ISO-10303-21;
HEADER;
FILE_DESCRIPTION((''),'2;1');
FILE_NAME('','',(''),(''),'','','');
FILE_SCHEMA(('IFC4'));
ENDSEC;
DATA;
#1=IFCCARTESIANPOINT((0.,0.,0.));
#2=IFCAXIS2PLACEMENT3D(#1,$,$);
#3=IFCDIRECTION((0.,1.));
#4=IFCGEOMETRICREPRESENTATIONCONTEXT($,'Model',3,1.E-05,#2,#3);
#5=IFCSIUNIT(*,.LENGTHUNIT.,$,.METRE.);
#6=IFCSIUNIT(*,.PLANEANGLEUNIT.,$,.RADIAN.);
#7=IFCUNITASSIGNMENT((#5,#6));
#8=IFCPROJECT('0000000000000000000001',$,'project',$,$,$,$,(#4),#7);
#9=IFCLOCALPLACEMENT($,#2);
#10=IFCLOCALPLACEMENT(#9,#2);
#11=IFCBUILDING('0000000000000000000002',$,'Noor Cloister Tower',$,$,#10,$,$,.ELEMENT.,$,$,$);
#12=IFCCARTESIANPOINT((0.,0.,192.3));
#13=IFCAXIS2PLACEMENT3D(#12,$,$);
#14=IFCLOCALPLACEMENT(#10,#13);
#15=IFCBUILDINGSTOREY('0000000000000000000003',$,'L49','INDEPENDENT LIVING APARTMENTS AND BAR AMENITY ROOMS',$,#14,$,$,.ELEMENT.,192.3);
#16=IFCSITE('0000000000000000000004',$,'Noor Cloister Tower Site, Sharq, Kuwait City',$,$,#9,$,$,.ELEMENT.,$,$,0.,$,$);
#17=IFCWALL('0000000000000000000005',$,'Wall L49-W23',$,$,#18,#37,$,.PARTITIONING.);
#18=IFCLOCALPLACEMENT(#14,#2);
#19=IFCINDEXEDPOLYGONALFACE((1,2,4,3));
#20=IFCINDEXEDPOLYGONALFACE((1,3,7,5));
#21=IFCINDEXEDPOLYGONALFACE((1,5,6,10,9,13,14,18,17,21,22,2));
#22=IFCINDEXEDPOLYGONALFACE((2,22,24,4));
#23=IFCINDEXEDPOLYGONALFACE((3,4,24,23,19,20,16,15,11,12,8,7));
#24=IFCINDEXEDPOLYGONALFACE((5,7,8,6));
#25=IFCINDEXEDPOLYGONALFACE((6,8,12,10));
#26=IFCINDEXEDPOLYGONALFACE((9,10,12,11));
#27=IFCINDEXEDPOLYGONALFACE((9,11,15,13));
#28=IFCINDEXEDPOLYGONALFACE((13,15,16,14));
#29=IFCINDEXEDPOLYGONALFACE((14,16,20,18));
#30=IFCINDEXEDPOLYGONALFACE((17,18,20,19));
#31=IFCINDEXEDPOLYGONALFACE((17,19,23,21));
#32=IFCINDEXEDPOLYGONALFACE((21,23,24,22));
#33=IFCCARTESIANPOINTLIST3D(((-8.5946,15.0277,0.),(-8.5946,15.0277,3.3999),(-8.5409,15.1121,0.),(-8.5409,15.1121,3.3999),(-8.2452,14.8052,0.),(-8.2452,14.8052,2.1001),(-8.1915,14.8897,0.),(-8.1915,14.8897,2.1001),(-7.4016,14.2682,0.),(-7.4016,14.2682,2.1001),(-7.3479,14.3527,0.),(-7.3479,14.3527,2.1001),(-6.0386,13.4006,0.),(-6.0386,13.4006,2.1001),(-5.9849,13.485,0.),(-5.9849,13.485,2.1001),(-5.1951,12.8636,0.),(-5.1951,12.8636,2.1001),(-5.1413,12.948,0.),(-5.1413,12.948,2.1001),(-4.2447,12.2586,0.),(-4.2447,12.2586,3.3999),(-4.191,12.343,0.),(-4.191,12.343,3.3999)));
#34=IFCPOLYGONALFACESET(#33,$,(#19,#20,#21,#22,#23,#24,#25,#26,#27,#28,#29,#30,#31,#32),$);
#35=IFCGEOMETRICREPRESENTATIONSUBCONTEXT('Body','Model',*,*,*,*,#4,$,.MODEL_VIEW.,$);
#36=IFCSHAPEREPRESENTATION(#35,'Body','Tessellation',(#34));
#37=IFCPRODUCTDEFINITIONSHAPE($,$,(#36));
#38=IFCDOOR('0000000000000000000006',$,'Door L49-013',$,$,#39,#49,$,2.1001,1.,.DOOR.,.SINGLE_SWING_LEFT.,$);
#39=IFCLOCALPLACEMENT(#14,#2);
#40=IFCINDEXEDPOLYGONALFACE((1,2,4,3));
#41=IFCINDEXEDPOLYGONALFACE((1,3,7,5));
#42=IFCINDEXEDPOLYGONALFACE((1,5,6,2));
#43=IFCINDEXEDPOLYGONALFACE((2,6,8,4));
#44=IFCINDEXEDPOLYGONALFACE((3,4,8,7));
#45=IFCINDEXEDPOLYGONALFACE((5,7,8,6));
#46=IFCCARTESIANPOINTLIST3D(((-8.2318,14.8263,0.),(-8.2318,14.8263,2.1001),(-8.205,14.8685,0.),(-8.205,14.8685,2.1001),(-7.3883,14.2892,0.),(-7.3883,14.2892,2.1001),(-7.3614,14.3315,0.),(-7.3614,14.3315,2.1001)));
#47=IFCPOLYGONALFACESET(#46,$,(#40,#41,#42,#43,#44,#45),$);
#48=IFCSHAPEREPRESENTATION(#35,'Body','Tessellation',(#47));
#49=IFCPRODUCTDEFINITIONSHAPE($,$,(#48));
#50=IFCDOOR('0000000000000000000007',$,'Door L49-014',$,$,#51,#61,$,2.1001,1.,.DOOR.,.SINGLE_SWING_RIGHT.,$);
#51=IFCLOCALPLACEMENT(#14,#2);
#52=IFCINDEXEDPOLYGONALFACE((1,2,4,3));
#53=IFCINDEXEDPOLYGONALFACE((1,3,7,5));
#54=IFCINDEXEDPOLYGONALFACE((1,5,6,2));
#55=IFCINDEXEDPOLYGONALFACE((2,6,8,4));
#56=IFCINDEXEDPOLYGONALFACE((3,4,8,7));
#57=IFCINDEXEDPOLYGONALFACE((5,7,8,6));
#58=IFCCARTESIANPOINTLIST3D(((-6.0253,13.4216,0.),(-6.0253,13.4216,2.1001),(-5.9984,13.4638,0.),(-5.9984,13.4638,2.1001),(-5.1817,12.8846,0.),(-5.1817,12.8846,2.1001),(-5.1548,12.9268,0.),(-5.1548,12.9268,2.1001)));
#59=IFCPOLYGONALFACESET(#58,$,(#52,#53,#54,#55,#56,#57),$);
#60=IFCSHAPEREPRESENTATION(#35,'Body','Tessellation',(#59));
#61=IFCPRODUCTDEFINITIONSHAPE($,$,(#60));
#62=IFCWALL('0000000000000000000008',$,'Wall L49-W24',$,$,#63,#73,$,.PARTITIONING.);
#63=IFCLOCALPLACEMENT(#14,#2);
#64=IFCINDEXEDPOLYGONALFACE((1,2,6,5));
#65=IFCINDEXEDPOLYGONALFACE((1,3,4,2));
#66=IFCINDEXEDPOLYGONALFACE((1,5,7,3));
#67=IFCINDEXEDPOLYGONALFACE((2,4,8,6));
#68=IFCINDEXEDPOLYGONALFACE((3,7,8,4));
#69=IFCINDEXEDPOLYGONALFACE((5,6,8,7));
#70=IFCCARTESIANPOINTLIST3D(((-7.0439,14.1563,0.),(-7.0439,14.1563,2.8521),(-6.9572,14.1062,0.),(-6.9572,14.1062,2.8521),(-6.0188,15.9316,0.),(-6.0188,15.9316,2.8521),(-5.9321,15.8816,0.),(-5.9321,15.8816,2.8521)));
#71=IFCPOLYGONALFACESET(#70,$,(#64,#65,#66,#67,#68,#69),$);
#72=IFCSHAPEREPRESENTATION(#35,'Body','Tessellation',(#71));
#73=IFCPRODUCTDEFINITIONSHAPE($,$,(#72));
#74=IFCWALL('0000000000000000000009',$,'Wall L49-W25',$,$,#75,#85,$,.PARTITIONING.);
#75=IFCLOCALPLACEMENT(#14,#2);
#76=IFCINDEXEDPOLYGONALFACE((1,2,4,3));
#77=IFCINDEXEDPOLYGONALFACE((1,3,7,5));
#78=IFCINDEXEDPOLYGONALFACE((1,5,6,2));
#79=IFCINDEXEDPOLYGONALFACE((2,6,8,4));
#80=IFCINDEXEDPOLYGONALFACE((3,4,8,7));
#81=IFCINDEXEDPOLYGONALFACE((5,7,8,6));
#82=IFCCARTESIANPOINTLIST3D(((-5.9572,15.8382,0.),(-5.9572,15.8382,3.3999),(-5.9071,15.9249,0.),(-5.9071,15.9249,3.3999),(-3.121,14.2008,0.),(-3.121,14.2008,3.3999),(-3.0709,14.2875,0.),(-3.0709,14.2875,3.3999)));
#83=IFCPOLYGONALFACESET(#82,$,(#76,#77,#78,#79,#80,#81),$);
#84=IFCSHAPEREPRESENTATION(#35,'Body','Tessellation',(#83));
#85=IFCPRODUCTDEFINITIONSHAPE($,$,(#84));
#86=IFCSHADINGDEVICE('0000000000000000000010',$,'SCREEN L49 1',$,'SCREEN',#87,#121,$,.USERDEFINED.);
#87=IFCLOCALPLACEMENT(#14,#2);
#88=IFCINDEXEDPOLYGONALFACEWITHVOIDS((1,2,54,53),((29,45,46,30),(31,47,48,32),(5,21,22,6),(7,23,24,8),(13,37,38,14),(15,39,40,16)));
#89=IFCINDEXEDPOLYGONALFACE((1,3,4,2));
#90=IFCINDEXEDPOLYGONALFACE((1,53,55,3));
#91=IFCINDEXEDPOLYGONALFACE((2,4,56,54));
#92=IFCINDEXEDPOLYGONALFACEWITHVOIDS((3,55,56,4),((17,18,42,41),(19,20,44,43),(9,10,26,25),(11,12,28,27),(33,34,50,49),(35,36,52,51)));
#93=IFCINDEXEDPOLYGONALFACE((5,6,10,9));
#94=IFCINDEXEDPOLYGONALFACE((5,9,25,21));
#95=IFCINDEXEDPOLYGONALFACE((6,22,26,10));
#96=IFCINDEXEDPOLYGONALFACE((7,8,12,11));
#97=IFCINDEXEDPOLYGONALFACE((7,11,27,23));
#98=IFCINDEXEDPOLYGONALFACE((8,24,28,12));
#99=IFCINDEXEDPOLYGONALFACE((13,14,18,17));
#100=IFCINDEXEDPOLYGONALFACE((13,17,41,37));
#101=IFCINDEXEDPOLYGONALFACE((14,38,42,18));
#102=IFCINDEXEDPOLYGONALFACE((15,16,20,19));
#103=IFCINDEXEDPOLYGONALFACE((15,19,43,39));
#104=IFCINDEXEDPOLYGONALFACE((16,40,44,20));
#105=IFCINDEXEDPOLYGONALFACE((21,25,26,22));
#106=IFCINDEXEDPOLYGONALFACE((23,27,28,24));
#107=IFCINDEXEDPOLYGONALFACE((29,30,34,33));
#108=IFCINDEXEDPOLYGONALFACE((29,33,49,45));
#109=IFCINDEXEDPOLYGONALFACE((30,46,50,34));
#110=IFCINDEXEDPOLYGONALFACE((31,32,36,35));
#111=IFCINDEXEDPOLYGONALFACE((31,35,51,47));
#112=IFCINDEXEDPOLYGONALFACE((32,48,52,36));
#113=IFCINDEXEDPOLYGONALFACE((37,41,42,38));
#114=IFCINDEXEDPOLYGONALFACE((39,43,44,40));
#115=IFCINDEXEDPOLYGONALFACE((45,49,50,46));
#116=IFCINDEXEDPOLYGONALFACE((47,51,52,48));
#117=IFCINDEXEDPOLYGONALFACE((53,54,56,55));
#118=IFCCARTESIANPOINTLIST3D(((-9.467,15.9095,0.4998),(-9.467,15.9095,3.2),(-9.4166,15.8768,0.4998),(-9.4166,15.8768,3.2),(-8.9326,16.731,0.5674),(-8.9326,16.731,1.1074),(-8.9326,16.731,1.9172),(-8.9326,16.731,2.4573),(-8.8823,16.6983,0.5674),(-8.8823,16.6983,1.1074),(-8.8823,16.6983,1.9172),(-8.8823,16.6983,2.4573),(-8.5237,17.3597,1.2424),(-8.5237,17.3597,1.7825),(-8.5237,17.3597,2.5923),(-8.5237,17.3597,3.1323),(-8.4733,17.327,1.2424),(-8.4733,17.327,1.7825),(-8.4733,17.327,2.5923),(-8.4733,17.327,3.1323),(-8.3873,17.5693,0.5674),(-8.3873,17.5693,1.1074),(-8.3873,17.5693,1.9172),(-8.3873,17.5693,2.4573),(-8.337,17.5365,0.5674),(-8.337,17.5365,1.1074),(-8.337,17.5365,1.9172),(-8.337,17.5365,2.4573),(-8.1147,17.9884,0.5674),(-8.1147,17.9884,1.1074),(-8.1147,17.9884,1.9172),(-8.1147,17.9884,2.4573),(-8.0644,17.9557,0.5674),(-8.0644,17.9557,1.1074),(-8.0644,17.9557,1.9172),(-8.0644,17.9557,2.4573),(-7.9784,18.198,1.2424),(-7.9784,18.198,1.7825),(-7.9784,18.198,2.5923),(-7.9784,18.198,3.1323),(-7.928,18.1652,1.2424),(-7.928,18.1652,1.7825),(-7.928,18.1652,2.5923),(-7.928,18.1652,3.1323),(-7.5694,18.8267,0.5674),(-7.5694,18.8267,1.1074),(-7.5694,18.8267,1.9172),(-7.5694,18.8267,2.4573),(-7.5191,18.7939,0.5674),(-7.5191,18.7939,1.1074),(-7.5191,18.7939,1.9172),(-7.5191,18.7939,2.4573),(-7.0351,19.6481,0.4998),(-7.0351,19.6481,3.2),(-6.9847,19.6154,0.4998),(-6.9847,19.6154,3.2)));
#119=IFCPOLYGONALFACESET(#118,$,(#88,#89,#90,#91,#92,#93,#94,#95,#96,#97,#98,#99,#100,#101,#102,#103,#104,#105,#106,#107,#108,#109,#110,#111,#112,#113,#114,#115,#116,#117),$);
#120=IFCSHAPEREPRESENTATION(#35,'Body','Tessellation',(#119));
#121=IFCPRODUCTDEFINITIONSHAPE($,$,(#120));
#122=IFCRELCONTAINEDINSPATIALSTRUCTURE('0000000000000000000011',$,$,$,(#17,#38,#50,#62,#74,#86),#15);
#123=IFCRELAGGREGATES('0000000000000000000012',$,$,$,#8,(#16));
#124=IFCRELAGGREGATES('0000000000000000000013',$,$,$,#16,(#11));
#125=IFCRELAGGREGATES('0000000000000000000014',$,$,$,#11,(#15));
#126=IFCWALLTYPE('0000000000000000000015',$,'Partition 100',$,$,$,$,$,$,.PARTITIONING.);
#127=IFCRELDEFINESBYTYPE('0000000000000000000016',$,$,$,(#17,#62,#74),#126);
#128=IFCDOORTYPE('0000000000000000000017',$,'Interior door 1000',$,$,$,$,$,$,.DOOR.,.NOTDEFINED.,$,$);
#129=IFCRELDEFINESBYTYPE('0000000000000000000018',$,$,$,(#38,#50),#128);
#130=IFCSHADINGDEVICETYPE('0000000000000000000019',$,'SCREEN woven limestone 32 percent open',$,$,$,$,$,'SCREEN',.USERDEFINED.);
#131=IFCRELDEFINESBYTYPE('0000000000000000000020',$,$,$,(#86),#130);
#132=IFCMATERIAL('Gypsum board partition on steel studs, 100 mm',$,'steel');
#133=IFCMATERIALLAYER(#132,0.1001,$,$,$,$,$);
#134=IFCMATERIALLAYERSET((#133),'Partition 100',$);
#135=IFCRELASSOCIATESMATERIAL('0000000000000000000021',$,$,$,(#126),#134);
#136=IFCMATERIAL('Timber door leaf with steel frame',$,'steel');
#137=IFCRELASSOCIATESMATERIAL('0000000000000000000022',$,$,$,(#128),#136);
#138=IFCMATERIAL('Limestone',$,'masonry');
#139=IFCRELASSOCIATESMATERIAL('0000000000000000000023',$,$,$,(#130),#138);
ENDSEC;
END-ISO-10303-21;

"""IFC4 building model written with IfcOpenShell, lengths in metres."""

from ifc_helpers import new_model, si_unit, direction, frame, frame_2d, origin, place, context, subcontext, project, spatial, polyline, rectangle, outline, extrude, material, layer, layer_set, material_profile, profile_set, type_object, element, fill, save


model = new_model("IFC4")

# Units and contexts
model_context = context("Model", 3, precision=1e-05, world=origin(), true_north=direction((0.0, 1.0)))
body_context = subcontext(model_context, "Body", "Model", "MODEL_VIEW")
ifc_project = project(units=[si_unit("LENGTHUNIT", "METRE"), si_unit("PLANEANGLEUNIT", "RADIAN")], contexts=[model_context])

# Site, building, storey
site_placement = place(None, origin())
site = spatial("IfcSite", under=ifc_project, at=site_placement, Name="Noor Cloister Tower Site, Sharq, Kuwait City", CompositionType="ELEMENT", RefElevation=0.0)
building_placement = place(site_placement, origin())
building = spatial("IfcBuilding", under=site, at=building_placement, Name="Noor Cloister Tower", CompositionType="ELEMENT")
storey_placement = place(building_placement, frame((0.0, 0.0, 192.3)))
storey = spatial("IfcBuildingStorey", under=building, at=storey_placement, Name="L49", Description="INDEPENDENT LIVING APARTMENTS AND BAR AMENITY ROOMS", CompositionType="ELEMENT", Elevation=192.3)

# Wall, openings, doors
ifc_material_1 = material(Name="Gypsum board partition on steel studs, 100 mm", Category="steel")
ifc_layer_1 = layer(ifc_material_1, 0.1001)
ifc_layer_set_1 = layer_set([ifc_layer_1], Name="Partition 100")
wall_type_1 = type_object("IfcWallType", Name="Partition 100", PredefinedType="PARTITIONING", material=ifc_layer_set_1)
wall_1_placement = place(storey_placement, frame((-8.5676, 15.0698, 0.0), z_axis=(0.0, 0.0, 1.0), x_axis=(0.843578, -0.537007, 0.0)))
wall_1 = element("IfcWall", 1, at=wall_1_placement, inside=storey, type_object=wall_type_1, Name="Wall L49-W23", PredefinedType="PARTITIONING", context=body_context, shape_type="SweptSolid", body=[
    extrude(rectangle(XDim=5.1565, YDim=0.1001, at=frame_2d((2.5781, 0.0))), origin(), (0.0, 0.0, 1.0), 3.3999),
])
opening_1_placement = place(wall_1_placement, frame((0.4141, 0.0, 0.0)))
opening_1 = element("IfcOpeningElement", 2, at=opening_1_placement, cuts=wall_1, PredefinedType="OPENING", context=body_context, shape_type="SweptSolid", body=[
    extrude(rectangle(XDim=1.0, YDim=2.1001, at=frame_2d((0.5, 1.05))), frame((0.0, 0.0601, 0.0), z_axis=(0.0, -1.0, 0.0), x_axis=(1.0, 0.0, 0.0)), (0.0, 0.0, 1.0), 0.1201),
])
opening_2_placement = place(wall_1_placement, frame((3.0298, 0.0, 0.0)))
opening_2 = element("IfcOpeningElement", 3, at=opening_2_placement, cuts=wall_1, PredefinedType="OPENING", context=body_context, shape_type="SweptSolid", body=[
    extrude(rectangle(XDim=1.0, YDim=2.1001, at=frame_2d((0.5, 1.05))), frame((0.0, 0.0601, 0.0), z_axis=(0.0, -1.0, 0.0), x_axis=(1.0, 0.0, 0.0)), (0.0, 0.0, 1.0), 0.1201),
])
ifc_material_2 = material(Name="Timber door leaf with steel frame", Category="steel")
door_type = type_object("IfcDoorType", Name="Interior door 1000", OperationType="NOTDEFINED", PredefinedType="DOOR", material=ifc_material_2)
door_1_placement = place(opening_1_placement, origin())
door_1 = element("IfcDoor", 4, at=door_1_placement, inside=storey, type_object=door_type, Name="Door L49-013", OperationType="SINGLE_SWING_LEFT", OverallHeight=2.1001, OverallWidth=1.0, PredefinedType="DOOR", context=body_context, shape_type="SweptSolid", body=[
    extrude(rectangle(XDim=1.0, YDim=2.1001, at=frame_2d((0.5, 1.05))), frame((0.0, 0.0249, 0.0), z_axis=(0.0, -1.0, 0.0), x_axis=(1.0, 0.0, 0.0)), (0.0, 0.0, 1.0), 0.05),
])
fill(opening_1, door_1)
door_2_placement = place(opening_2_placement, origin())
door_2 = element("IfcDoor", 5, at=door_2_placement, inside=storey, type_object=door_type, Name="Door L49-014", OperationType="SINGLE_SWING_RIGHT", OverallHeight=2.1001, OverallWidth=1.0, PredefinedType="DOOR", context=body_context, shape_type="SweptSolid", body=[
    extrude(rectangle(XDim=1.0, YDim=2.1001, at=frame_2d((0.5, 1.05))), frame((0.0, 0.0249, 0.0), z_axis=(0.0, -1.0, 0.0), x_axis=(1.0, 0.0, 0.0)), (0.0, 0.0, 1.0), 0.05),
])
fill(opening_2, door_2)

# Walls
wall_2_placement = place(storey_placement, frame((-7.0005, 14.1313, 0.0), z_axis=(0.0, 0.0, 1.0), x_axis=(0.500045, 0.865999, 0.0)))
element("IfcWall", 6, at=wall_2_placement, inside=storey, type_object=wall_type_1, Name="Wall L49-W24", PredefinedType="PARTITIONING", context=body_context, shape_type="SweptSolid", body=[
    extrude(rectangle(XDim=2.05, YDim=0.1001, at=frame_2d((1.0249, 0.0))), origin(), (0.0, 0.0, 1.0), 2.8521),
])
wall_3_placement = place(storey_placement, frame((-5.9321, 15.8816, 0.0), z_axis=(0.0, 0.0, 1.0), x_axis=(0.866028, -0.499996, 0.0)))
element("IfcWall", 7, at=wall_3_placement, inside=storey, type_object=wall_type_1, Name="Wall L49-W25", PredefinedType="PARTITIONING", context=body_context, shape_type="SweptSolid", body=[
    extrude(rectangle(XDim=3.2749, YDim=0.1001, at=frame_2d((1.6375, 0.0))), origin(), (0.0, 0.0, 1.0), 3.3999),
])

# Shading device
ifc_material_3 = material(Name="Limestone", Category="masonry")
ifc_material_profile_1 = material_profile(ifc_material_3, outline(polyline([(-2.23, -1.3501), (2.23, -1.3501), (2.23, 1.3501), (-2.23, 1.3501), (-2.23, -1.3501)]), holes=[polyline([(-1.25, -1.2825), (-0.25, -1.2825), (-0.25, -0.7424), (-1.25, -0.7424), (-1.25, -1.2825)]), polyline([(0.25, -1.2825), (1.25, -1.2825), (1.25, -0.7424), (0.25, -0.7424), (0.25, -1.2825)]), polyline([(-0.5, -0.6074), (0.5, -0.6074), (0.5, -0.0674), (-0.5, -0.0674), (-0.5, -0.6074)]), polyline([(-1.25, 0.0674), (-0.25, 0.0674), (-0.25, 0.6074), (-1.25, 0.6074), (-1.25, 0.0674)]), polyline([(0.25, 0.0674), (1.25, 0.0674), (1.25, 0.6074), (0.25, 0.6074), (0.25, 0.0674)]), polyline([(-0.5, 0.7424), (0.5, 0.7424), (0.5, 1.2825), (-0.5, 1.2825), (-0.5, 0.7424)])]), Name="Woven screen 32 percent open")
ifc_profile_set_1 = profile_set([ifc_material_profile_1], Name="Limestone")
shading_device_type = type_object("IfcShadingDeviceType", Name="SCREEN woven limestone 32 percent open", ElementType="SCREEN", PredefinedType="USERDEFINED", material=ifc_profile_set_1)
shading_device_placement = place(storey_placement, frame((-8.2007, 17.7461, 1.8499), z_axis=(-0.838258, 0.545274, 0.0), x_axis=(-0.545274, -0.838258, 0.0)))
element("IfcShadingDevice", 8, at=shading_device_placement, inside=storey, type_object=shading_device_type, Name="SCREEN L49 1", ObjectType="SCREEN", PredefinedType="USERDEFINED", context=body_context, shape_type="SweptSolid", body=[
    extrude(outline(polyline([(-2.23, -1.3501), (2.23, -1.3501), (2.23, 1.3501), (-2.23, 1.3501), (-2.23, -1.3501)]), holes=[polyline([(-1.25, -1.2825), (-0.25, -1.2825), (-0.25, -0.7424), (-1.25, -0.7424), (-1.25, -1.2825)]), polyline([(0.25, -1.2825), (1.25, -1.2825), (1.25, -0.7424), (0.25, -0.7424), (0.25, -1.2825)]), polyline([(-0.5, -0.6074), (0.5, -0.6074), (0.5, -0.0674), (-0.5, -0.0674), (-0.5, -0.6074)]), polyline([(-1.25, 0.0674), (-0.25, 0.0674), (-0.25, 0.6074), (-1.25, 0.6074), (-1.25, 0.0674)]), polyline([(0.25, 0.0674), (1.25, 0.0674), (1.25, 0.6074), (0.25, 0.6074), (0.25, 0.0674)]), polyline([(-0.5, 0.7424), (0.5, 0.7424), (0.5, 1.2825), (-0.5, 1.2825), (-0.5, 0.7424)])]), origin(), (0.0, 0.0, 1.0), 0.0601),
])

save(model, "model.ifc")
